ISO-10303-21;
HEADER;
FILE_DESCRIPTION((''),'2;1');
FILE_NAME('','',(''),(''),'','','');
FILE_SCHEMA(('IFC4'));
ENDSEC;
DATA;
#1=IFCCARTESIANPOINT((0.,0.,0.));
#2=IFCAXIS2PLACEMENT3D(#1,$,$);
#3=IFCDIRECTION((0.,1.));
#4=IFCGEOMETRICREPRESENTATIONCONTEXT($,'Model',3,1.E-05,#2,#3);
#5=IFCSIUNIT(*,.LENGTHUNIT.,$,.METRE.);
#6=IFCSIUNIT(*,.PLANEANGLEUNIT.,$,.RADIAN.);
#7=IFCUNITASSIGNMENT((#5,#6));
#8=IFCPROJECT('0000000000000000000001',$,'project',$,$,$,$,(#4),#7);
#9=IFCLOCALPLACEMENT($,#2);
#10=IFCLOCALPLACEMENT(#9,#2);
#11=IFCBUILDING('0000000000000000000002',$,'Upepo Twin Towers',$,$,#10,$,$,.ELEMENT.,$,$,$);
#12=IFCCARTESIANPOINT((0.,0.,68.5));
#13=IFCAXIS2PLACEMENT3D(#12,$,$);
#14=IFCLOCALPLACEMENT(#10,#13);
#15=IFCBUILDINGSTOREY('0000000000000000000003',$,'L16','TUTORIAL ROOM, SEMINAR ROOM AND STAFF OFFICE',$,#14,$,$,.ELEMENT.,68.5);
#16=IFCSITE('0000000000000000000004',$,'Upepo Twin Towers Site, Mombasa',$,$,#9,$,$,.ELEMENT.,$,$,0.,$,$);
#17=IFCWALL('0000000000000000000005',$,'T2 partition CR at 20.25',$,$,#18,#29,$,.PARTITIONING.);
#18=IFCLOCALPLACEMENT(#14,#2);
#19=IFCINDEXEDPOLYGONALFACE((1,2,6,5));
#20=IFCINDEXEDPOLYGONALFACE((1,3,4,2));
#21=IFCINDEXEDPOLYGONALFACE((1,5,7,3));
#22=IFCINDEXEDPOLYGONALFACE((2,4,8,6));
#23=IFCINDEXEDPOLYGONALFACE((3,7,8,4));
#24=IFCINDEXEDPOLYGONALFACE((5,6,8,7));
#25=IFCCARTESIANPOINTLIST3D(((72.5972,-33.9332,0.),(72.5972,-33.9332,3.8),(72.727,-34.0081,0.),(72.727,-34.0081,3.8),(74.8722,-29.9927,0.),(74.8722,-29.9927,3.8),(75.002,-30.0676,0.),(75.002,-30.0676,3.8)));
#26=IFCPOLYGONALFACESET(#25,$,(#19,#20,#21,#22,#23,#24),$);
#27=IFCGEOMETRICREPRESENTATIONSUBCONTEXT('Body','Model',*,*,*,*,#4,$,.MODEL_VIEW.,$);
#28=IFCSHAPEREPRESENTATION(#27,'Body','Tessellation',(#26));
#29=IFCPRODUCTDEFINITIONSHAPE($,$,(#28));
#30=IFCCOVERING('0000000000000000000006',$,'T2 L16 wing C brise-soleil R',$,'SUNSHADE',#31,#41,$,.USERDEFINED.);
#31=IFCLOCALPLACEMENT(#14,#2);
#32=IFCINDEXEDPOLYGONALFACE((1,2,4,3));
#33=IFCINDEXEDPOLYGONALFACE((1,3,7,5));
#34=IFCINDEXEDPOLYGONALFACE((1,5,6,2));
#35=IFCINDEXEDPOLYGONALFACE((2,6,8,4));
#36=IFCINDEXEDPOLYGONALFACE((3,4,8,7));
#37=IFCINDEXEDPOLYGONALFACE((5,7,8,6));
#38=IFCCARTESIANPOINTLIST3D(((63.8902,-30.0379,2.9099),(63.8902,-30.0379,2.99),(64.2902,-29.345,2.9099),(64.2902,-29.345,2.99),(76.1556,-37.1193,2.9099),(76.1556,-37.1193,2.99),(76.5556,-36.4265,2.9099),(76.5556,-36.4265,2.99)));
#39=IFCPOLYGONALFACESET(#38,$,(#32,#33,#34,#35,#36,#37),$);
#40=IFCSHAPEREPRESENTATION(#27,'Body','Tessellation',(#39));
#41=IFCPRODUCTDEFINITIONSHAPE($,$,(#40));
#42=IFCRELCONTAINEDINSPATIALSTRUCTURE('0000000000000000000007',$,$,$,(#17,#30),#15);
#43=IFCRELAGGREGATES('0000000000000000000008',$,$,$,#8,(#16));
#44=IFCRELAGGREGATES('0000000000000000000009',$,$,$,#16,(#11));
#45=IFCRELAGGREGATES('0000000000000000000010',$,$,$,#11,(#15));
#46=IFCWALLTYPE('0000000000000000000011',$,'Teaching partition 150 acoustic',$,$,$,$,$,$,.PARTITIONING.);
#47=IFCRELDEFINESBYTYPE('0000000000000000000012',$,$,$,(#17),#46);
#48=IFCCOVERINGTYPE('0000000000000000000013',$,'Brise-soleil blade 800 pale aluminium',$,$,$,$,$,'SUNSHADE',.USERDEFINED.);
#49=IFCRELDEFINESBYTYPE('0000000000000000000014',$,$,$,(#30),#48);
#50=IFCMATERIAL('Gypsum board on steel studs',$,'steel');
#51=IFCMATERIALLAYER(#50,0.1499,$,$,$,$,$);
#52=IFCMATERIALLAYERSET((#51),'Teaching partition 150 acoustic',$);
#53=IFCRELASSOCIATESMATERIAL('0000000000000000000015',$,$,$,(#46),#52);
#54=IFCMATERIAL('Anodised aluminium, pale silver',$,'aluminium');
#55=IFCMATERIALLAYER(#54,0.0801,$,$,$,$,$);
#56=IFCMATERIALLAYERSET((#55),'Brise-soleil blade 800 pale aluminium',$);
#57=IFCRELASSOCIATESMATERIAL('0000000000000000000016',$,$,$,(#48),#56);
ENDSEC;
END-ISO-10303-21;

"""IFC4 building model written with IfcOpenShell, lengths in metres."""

from ifc_helpers import new_model, si_unit, direction, frame, frame_2d, origin, origin_2d, place, context, subcontext, project, spatial, rectangle, extrude, material, layer, layer_set, type_object, element, save


model = new_model("IFC4")

# Units and contexts
model_context = context("Model", 3, precision=1e-05, world=origin(), true_north=direction((0.0, 1.0)))
body_context = subcontext(model_context, "Body", "Model", "MODEL_VIEW")
ifc_project = project(units=[si_unit("LENGTHUNIT", "METRE"), si_unit("PLANEANGLEUNIT", "RADIAN")], contexts=[model_context])

# Site, building, storey
site_placement = place(None, origin())
site = spatial("IfcSite", under=ifc_project, at=site_placement, Name="Upepo Twin Towers Site, Mombasa", CompositionType="ELEMENT", RefElevation=0.0)
building_placement = place(site_placement, origin())
building = spatial("IfcBuilding", under=site, at=building_placement, Name="Upepo Twin Towers", CompositionType="ELEMENT")
storey_placement = place(building_placement, frame((0.0, 0.0, 68.5)))
storey = spatial("IfcBuildingStorey", under=building, at=storey_placement, Name="L16", Description="TUTORIAL ROOM, SEMINAR ROOM AND STAFF OFFICE", CompositionType="ELEMENT", Elevation=68.5)

# Shared definitions
ifc_material_1 = material(Name="Gypsum board on steel studs", Category="steel")
ifc_layer_1 = layer(ifc_material_1, 0.1499)
ifc_layer_set_1 = layer_set([ifc_layer_1], Name="Teaching partition 150 acoustic")
wall_type_1 = type_object("IfcWallType", Name="Teaching partition 150 acoustic", PredefinedType="PARTITIONING", material=ifc_layer_set_1)

# Wall
wall_1_placement = place(storey_placement, frame((74.937, -30.0303, 0.0), z_axis=(0.0, 0.0, 1.0), x_axis=(-0.499983, -0.866035, 0.0)))
element("IfcWall", 1, at=wall_1_placement, inside=storey, type_object=wall_type_1, Name="T2 partition CR at 20.25", PredefinedType="PARTITIONING", context=body_context, shape_type="SweptSolid", body=[
    extrude(rectangle(XDim=4.55, YDim=0.1499, at=frame_2d((2.2749, 0.0))), origin(), (0.0, 0.0, 1.0), 3.8),
])

# Covering
ifc_material_2 = material(Name="Anodised aluminium, pale silver", Category="aluminium")
ifc_layer_2 = layer(ifc_material_2, 0.0801)
ifc_layer_set_2 = layer_set([ifc_layer_2], Name="Brise-soleil blade 800 pale aluminium")
covering_type = type_object("IfcCoveringType", Name="Brise-soleil blade 800 pale aluminium", ElementType="SUNSHADE", PredefinedType="USERDEFINED", material=ifc_layer_set_2)
covering_placement = place(storey_placement, frame((70.2229, -33.2322, 2.9099), z_axis=(0.0, 0.0, 1.0), x_axis=(0.866025, -0.5, 0.0)))
element("IfcCovering", 2, at=covering_placement, inside=storey, type_object=covering_type, Name="T2 L16 wing C brise-soleil R", ObjectType="SUNSHADE", PredefinedType="USERDEFINED", context=body_context, shape_type="SweptSolid", body=[
    extrude(rectangle(XDim=14.1628, YDim=0.8, at=origin_2d()), origin(), (0.0, 0.0, 1.0), 0.0801),
])

save(model, "model.ifc")
